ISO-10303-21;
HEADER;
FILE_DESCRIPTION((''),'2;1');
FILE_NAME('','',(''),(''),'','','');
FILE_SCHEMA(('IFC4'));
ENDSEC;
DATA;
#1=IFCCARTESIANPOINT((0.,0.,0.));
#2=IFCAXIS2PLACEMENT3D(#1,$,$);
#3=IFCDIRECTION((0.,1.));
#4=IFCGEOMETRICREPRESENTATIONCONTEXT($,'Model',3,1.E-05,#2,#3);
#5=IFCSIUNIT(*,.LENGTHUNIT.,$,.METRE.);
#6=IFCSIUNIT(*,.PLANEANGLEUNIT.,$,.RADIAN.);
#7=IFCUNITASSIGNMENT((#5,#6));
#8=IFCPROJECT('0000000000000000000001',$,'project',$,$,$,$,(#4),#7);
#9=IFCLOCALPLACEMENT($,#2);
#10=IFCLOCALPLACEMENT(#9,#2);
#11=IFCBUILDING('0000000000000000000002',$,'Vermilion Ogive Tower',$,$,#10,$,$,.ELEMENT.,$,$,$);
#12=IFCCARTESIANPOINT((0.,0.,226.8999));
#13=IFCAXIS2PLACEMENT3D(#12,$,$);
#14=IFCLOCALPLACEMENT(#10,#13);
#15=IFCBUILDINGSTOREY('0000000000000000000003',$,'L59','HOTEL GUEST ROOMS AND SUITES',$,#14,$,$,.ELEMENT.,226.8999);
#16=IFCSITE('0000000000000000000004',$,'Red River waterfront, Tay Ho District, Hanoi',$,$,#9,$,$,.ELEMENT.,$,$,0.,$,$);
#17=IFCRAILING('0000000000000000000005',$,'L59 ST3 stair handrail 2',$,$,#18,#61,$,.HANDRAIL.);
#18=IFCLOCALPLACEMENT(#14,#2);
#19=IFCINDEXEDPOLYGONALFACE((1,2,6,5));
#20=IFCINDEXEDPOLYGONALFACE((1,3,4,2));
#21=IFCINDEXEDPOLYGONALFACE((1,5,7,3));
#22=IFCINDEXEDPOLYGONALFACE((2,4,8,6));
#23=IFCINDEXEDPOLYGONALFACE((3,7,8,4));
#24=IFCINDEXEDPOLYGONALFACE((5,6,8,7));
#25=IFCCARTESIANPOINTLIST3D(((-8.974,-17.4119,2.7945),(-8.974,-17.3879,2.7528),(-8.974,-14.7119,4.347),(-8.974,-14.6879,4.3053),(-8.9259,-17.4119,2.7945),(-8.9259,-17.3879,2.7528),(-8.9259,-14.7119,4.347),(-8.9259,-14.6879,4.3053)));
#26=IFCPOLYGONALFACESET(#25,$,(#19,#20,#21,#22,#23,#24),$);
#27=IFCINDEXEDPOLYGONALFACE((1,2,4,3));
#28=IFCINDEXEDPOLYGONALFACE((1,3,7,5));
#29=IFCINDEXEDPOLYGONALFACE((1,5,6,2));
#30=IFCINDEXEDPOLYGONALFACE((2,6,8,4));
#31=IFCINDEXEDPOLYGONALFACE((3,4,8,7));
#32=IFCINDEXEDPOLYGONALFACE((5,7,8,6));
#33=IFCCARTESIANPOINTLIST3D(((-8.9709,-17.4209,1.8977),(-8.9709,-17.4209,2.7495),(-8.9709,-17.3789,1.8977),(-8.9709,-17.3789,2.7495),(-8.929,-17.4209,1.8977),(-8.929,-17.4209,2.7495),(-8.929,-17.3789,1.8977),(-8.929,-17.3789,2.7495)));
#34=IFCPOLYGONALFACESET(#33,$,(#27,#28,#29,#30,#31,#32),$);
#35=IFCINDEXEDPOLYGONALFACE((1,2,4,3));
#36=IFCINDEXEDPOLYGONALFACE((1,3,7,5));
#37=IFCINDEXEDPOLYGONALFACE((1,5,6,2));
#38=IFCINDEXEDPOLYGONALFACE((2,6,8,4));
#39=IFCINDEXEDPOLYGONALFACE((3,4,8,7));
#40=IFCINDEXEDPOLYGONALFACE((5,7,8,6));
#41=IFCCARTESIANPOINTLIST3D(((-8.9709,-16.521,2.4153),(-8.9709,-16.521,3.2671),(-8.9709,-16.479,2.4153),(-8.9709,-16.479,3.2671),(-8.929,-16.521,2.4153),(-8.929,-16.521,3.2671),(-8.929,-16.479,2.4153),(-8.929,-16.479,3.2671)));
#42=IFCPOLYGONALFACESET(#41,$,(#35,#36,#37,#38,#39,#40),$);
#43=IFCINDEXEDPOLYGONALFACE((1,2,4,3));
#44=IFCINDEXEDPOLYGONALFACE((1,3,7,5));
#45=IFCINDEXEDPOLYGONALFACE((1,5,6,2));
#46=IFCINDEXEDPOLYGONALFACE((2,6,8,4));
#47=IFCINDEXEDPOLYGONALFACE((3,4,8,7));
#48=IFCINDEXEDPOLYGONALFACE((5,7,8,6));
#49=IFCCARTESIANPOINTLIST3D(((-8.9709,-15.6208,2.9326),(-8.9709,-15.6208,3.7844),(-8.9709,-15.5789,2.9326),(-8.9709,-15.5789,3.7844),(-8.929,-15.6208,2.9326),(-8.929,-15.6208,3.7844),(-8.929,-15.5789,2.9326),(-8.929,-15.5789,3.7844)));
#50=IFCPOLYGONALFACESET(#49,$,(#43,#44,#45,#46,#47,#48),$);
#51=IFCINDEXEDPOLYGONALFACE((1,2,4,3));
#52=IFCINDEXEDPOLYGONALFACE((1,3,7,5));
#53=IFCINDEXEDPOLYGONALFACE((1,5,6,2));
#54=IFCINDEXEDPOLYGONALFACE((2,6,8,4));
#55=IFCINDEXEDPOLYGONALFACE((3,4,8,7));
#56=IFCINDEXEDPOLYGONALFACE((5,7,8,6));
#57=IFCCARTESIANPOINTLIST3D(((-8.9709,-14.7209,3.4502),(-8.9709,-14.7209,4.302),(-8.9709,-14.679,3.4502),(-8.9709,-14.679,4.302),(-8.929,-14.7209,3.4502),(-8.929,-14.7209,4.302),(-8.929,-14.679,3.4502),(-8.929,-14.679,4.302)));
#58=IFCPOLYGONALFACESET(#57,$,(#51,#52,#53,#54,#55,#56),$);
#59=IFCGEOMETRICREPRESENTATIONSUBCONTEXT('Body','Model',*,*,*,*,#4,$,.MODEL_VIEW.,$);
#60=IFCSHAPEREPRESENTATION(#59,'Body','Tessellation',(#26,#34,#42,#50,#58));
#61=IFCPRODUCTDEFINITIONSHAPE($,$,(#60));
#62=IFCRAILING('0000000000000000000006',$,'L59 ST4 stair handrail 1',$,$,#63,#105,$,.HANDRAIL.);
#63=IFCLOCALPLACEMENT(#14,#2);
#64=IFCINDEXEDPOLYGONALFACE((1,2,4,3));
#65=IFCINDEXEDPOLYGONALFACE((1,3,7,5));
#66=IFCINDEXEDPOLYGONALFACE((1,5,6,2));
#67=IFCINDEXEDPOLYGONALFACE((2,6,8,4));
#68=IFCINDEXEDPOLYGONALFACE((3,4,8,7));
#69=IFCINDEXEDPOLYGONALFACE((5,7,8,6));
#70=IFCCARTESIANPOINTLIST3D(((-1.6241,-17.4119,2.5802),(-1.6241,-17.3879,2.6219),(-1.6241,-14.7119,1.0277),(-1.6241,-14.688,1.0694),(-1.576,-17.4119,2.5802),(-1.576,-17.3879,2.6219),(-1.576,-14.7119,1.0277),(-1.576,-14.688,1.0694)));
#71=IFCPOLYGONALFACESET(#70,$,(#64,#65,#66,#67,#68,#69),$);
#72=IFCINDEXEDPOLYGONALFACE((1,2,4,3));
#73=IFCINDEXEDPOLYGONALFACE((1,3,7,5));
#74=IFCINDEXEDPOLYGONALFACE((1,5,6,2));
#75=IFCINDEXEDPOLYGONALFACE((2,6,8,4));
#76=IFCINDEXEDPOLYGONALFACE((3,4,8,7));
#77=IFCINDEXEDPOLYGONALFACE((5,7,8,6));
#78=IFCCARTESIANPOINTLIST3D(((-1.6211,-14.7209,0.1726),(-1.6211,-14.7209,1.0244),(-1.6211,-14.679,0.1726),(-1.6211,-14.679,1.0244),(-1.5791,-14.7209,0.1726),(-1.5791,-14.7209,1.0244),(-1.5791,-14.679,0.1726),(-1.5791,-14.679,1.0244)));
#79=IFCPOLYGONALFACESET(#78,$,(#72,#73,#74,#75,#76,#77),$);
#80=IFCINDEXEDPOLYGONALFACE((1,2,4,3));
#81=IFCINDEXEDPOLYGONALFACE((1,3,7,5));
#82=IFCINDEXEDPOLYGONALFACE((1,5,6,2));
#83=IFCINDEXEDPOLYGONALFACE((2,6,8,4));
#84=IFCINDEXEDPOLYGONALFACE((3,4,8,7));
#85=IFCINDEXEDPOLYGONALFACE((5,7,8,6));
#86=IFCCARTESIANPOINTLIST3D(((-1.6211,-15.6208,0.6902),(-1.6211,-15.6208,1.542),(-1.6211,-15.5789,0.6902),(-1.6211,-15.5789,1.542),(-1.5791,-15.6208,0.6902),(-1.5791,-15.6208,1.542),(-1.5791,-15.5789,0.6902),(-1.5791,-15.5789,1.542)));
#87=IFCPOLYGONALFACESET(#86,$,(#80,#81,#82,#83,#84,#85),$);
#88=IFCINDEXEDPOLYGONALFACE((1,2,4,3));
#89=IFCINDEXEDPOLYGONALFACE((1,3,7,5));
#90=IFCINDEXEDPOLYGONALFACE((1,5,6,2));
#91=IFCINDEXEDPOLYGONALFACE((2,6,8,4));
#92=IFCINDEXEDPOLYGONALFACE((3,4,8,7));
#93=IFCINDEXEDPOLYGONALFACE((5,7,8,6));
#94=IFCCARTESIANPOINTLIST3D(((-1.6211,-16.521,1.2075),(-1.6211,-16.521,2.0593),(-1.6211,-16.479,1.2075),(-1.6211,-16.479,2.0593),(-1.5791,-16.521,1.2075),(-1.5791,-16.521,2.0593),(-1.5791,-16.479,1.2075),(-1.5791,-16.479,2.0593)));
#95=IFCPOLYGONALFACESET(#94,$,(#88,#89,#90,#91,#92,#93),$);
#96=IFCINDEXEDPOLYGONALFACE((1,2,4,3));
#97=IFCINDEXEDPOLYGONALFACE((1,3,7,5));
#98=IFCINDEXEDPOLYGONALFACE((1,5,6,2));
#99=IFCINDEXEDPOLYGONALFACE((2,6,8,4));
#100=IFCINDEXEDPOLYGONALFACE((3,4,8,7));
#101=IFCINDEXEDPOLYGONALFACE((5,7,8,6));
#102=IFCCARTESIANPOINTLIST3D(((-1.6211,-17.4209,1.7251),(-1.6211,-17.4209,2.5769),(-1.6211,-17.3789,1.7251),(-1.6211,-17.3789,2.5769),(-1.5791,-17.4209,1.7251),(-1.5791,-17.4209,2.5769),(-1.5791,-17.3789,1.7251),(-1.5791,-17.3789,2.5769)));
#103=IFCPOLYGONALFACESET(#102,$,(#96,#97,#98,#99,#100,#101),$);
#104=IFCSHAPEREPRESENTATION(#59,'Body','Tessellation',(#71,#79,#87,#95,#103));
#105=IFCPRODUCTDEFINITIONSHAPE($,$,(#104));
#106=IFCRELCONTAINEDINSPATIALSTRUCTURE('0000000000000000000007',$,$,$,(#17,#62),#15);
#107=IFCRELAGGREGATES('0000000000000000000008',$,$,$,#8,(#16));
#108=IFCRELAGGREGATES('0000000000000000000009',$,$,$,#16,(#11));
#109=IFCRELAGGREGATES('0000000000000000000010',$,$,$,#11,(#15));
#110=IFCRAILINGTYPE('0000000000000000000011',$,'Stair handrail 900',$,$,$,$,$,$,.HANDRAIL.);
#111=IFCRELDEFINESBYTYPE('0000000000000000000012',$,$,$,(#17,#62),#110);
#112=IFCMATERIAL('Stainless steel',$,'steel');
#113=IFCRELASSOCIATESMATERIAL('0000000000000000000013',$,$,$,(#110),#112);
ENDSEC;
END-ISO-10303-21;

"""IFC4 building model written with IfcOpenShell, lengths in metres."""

from ifc_helpers import new_model, si_unit, direction, frame, origin, origin_2d, place, context, subcontext, project, spatial, rectangle, extrude, material, type_object, element, save


model = new_model("IFC4")

# Units and contexts
model_context = context("Model", 3, precision=1e-05, world=origin(), true_north=direction((0.0, 1.0)))
body_context = subcontext(model_context, "Body", "Model", "MODEL_VIEW")
ifc_project = project(units=[si_unit("LENGTHUNIT", "METRE"), si_unit("PLANEANGLEUNIT", "RADIAN")], contexts=[model_context])

# Site, building, storey
site_placement = place(None, origin())
site = spatial("IfcSite", under=ifc_project, at=site_placement, Name="Red River waterfront, Tay Ho District, Hanoi", CompositionType="ELEMENT", RefElevation=0.0)
building_placement = place(site_placement, origin())
building = spatial("IfcBuilding", under=site, at=building_placement, Name="Vermilion Ogive Tower", CompositionType="ELEMENT")
storey_placement = place(building_placement, frame((0.0, 0.0, 226.8999)))
storey = spatial("IfcBuildingStorey", under=building, at=storey_placement, Name="L59", Description="HOTEL GUEST ROOMS AND SUITES", CompositionType="ELEMENT", Elevation=226.8999)

# Railings
ifc_material_1 = material(Name="Stainless steel", Category="steel")
railing_type = type_object("IfcRailingType", Name="Stair handrail 900", PredefinedType="HANDRAIL", material=ifc_material_1)
railing_1_placement = place(storey_placement, frame((-8.95, -17.3999, 1.8977)))
element("IfcRailing", 1, at=railing_1_placement, inside=storey, type_object=railing_type, Name="L59 ST3 stair handrail 2", PredefinedType="HANDRAIL", context=body_context, shape_type="SweptSolid", body=[
    extrude(rectangle(XDim=0.0481, YDim=0.0481, at=origin_2d()), frame((0.0, 0.0, 0.876), z_axis=(0.0, 0.866904, 0.498476), x_axis=(-1.0, 0.0, 0.0)), (0.0, 0.0, 1.0), 3.1145),
    extrude(rectangle(XDim=0.042, YDim=0.042, at=origin_2d()), origin(), (0.0, 0.0, 1.0), 0.8518),
    extrude(rectangle(XDim=0.042, YDim=0.042, at=origin_2d()), frame((0.0, 0.8999, 0.5176)), (0.0, 0.0, 1.0), 0.8518),
    extrude(rectangle(XDim=0.042, YDim=0.042, at=origin_2d()), frame((0.0, 1.8, 1.0349)), (0.0, 0.0, 1.0), 0.8518),
    extrude(rectangle(XDim=0.042, YDim=0.042, at=origin_2d()), frame((0.0, 2.7, 1.5525)), (0.0, 0.0, 1.0), 0.8518),
])
railing_2_placement = place(storey_placement, frame((-1.6001, -14.7, 0.1726)))
element("IfcRailing", 2, at=railing_2_placement, inside=storey, type_object=railing_type, Name="L59 ST4 stair handrail 1", PredefinedType="HANDRAIL", context=body_context, shape_type="SweptSolid", body=[
    extrude(rectangle(XDim=0.0481, YDim=0.0481, at=origin_2d()), frame((0.0, 0.0, 0.876), z_axis=(0.0, -0.866904, 0.498476), x_axis=(1.0, 0.0, 0.0)), (0.0, 0.0, 1.0), 3.1145),
    extrude(rectangle(XDim=0.042, YDim=0.042, at=origin_2d()), origin(), (0.0, 0.0, 1.0), 0.8518),
    extrude(rectangle(XDim=0.042, YDim=0.042, at=origin_2d()), frame((0.0, -0.8999, 0.5176)), (0.0, 0.0, 1.0), 0.8518),
    extrude(rectangle(XDim=0.042, YDim=0.042, at=origin_2d()), frame((0.0, -1.8, 1.0349)), (0.0, 0.0, 1.0), 0.8518),
    extrude(rectangle(XDim=0.042, YDim=0.042, at=origin_2d()), frame((0.0, -2.7, 1.5525)), (0.0, 0.0, 1.0), 0.8518),
])

save(model, "model.ifc")
